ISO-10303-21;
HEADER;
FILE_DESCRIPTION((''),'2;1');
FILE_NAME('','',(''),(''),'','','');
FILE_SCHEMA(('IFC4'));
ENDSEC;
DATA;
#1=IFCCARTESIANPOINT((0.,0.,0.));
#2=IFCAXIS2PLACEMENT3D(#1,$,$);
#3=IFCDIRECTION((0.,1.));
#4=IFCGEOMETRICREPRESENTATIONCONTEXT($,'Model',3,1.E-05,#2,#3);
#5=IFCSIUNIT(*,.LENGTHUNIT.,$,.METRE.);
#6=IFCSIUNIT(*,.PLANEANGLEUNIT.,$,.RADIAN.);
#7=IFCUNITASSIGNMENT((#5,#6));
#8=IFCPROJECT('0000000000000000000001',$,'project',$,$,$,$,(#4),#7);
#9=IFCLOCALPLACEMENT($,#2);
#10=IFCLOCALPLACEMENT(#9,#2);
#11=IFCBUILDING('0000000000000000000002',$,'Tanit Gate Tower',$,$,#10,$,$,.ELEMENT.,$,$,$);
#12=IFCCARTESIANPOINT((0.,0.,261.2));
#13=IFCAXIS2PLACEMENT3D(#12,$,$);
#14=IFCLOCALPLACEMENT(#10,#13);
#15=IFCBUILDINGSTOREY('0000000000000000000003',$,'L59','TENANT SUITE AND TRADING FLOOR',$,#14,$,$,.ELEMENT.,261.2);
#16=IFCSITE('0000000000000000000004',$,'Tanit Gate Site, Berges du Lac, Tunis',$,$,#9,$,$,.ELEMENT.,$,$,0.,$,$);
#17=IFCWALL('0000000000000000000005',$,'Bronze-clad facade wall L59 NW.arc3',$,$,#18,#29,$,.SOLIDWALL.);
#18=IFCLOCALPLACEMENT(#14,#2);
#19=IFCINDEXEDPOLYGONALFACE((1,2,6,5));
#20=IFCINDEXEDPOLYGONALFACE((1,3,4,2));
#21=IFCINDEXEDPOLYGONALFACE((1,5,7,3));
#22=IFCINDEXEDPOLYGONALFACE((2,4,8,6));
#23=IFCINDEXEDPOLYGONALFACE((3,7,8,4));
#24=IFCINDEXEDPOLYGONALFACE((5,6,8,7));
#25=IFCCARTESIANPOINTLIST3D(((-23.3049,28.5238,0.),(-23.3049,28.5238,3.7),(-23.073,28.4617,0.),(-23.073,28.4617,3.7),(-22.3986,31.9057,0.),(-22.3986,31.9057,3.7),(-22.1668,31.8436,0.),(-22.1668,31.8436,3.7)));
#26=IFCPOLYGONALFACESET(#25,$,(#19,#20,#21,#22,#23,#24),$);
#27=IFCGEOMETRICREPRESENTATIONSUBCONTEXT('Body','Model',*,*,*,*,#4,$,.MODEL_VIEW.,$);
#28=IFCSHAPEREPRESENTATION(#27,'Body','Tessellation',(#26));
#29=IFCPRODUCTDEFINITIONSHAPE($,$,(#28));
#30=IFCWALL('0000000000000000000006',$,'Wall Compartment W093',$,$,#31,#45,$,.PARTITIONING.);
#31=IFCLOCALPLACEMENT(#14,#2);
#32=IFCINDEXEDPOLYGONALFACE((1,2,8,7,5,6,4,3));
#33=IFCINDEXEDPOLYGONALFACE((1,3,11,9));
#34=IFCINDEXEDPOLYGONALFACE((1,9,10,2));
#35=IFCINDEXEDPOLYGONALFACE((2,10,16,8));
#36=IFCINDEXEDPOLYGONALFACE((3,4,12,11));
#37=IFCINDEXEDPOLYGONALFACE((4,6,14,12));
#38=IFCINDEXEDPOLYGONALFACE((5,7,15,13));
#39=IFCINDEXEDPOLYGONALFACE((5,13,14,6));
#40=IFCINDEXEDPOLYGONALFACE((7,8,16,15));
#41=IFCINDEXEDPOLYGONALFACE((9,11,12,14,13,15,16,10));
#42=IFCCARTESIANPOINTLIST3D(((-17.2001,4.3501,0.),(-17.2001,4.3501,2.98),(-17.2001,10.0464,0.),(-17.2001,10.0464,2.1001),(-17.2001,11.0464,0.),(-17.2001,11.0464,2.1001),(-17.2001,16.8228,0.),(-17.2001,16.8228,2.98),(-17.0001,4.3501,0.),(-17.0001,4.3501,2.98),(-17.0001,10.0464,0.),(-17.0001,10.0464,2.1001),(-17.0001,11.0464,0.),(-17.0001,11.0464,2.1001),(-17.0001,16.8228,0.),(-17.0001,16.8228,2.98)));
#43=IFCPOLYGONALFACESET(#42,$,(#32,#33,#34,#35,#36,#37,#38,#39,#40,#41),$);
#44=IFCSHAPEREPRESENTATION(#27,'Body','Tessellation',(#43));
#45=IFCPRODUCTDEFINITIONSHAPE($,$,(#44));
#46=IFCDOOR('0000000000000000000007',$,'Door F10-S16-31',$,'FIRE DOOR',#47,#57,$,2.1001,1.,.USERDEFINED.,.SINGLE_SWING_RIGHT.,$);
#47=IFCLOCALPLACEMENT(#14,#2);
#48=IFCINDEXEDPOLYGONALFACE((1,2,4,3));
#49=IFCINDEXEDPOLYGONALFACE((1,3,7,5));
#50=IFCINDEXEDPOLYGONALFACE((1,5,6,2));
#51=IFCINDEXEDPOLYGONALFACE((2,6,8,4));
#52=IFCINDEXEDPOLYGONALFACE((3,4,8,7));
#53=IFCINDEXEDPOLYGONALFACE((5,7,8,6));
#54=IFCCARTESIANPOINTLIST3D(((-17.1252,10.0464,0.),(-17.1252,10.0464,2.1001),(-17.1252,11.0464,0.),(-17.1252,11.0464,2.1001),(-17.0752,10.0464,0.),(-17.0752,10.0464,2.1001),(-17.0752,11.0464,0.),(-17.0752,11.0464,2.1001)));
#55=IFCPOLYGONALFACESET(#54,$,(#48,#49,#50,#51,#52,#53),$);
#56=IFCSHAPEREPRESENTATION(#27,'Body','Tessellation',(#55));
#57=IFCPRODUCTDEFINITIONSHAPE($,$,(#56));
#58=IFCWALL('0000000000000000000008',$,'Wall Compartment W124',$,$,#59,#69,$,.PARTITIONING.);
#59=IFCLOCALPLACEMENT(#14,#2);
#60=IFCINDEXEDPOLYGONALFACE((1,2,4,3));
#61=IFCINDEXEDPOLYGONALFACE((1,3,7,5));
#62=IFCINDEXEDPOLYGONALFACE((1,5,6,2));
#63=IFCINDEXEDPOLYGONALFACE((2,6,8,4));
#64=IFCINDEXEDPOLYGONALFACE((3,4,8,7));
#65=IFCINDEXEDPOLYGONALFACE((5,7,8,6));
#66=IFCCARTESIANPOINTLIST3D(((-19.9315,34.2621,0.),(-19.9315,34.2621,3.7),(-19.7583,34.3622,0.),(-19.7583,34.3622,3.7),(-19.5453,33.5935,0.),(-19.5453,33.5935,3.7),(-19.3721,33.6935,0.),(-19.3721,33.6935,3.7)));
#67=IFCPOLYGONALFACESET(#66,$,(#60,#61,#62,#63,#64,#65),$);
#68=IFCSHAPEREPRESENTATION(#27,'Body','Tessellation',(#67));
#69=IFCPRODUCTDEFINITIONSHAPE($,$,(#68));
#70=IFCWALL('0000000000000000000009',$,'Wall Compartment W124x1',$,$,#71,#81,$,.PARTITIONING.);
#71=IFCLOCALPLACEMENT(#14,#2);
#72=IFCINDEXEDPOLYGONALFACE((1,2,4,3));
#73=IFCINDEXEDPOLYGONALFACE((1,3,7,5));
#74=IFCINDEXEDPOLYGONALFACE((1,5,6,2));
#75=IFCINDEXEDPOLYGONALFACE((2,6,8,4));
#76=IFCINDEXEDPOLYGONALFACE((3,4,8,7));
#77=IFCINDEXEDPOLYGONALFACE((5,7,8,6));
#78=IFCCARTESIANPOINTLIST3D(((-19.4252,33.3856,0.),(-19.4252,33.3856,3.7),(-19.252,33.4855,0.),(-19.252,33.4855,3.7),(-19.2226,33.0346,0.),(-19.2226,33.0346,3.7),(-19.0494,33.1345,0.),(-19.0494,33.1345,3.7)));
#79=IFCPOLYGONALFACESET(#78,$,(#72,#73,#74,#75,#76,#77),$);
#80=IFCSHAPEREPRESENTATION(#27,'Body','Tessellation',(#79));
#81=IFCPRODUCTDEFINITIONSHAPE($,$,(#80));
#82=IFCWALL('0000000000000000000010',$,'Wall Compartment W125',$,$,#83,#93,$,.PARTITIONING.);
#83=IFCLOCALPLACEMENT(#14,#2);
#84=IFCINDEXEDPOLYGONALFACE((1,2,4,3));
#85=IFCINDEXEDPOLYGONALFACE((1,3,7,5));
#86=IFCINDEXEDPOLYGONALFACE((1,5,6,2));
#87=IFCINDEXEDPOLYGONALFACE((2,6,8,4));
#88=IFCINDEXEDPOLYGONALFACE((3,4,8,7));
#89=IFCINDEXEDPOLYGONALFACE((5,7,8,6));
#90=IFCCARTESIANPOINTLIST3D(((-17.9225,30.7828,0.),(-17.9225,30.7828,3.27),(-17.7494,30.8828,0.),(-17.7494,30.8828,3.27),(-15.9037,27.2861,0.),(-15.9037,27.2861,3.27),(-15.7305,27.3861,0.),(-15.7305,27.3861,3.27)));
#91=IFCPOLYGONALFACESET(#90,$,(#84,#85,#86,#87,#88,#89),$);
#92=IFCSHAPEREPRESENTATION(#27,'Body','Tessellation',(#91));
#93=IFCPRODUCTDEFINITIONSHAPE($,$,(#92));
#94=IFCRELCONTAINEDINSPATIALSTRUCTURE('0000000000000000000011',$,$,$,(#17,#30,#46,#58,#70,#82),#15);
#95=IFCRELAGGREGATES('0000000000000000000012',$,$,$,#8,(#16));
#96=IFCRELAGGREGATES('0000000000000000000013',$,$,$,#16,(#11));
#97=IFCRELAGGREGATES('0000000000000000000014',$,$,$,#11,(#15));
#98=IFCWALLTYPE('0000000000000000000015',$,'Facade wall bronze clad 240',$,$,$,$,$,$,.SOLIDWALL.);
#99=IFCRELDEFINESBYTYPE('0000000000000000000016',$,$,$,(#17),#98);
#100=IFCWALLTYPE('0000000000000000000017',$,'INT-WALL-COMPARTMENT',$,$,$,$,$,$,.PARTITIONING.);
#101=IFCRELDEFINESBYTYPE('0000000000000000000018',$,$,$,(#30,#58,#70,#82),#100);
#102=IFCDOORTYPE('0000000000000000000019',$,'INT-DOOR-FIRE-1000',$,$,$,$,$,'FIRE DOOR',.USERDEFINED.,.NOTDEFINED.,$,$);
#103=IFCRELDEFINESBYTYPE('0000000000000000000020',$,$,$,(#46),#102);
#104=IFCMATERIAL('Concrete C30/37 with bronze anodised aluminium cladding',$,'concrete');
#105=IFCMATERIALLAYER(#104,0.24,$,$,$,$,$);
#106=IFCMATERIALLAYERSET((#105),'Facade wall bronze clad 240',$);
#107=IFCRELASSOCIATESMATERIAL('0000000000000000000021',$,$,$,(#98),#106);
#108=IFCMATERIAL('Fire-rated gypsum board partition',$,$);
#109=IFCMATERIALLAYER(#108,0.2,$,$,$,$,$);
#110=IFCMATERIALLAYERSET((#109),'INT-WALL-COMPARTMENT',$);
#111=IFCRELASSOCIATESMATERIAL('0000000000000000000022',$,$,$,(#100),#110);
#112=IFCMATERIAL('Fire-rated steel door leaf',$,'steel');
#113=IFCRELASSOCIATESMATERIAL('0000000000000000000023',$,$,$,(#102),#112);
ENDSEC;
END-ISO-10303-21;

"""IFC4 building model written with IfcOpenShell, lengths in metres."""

from ifc_helpers import new_model, si_unit, direction, frame, frame_2d, origin, place, context, subcontext, project, spatial, rectangle, extrude, material, layer, layer_set, type_object, element, fill, save


model = new_model("IFC4")

# Units and contexts
model_context = context("Model", 3, precision=1e-05, world=origin(), true_north=direction((0.0, 1.0)))
body_context = subcontext(model_context, "Body", "Model", "MODEL_VIEW")
ifc_project = project(units=[si_unit("LENGTHUNIT", "METRE"), si_unit("PLANEANGLEUNIT", "RADIAN")], contexts=[model_context])

# Site, building, storey
site_placement = place(None, origin())
site = spatial("IfcSite", under=ifc_project, at=site_placement, Name="Tanit Gate Site, Berges du Lac, Tunis", CompositionType="ELEMENT", RefElevation=0.0)
building_placement = place(site_placement, origin())
building = spatial("IfcBuilding", under=site, at=building_placement, Name="Tanit Gate Tower", CompositionType="ELEMENT")
storey_placement = place(building_placement, frame((0.0, 0.0, 261.2)))
storey = spatial("IfcBuildingStorey", under=building, at=storey_placement, Name="L59", Description="TENANT SUITE AND TRADING FLOOR", CompositionType="ELEMENT", Elevation=261.2)

# Wall
ifc_material_1 = material(Name="Concrete C30/37 with bronze anodised aluminium cladding", Category="concrete")
ifc_layer_1 = layer(ifc_material_1, 0.24)
ifc_layer_set_1 = layer_set([ifc_layer_1], Name="Facade wall bronze clad 240")
wall_type_1 = type_object("IfcWallType", Name="Facade wall bronze clad 240", PredefinedType="SOLIDWALL", material=ifc_layer_set_1)
wall_1_placement = place(storey_placement, frame((-22.2827, 31.8745, 0.0), z_axis=(0.0, 0.0, 1.0), x_axis=(-0.258843, -0.965919, 0.0)))
element("IfcWall", 1, at=wall_1_placement, inside=storey, type_object=wall_type_1, Name="Bronze-clad facade wall L59 NW.arc3", PredefinedType="SOLIDWALL", context=body_context, shape_type="SweptSolid", body=[
    extrude(rectangle(XDim=3.5012, YDim=0.24, at=frame_2d((1.7505, 0.0))), origin(), (0.0, 0.0, 1.0), 3.7),
])

# Wall, opening, door
ifc_material_2 = material(Name="Fire-rated gypsum board partition")
ifc_layer_2 = layer(ifc_material_2, 0.2)
ifc_layer_set_2 = layer_set([ifc_layer_2], Name="INT-WALL-COMPARTMENT")
wall_type_2 = type_object("IfcWallType", Name="INT-WALL-COMPARTMENT", PredefinedType="PARTITIONING", material=ifc_layer_set_2)
wall_2_placement = place(storey_placement, frame((-17.1001, 16.8228, 0.0), z_axis=(0.0, 0.0, 1.0), x_axis=(0.0, -1.0, 0.0)))
wall_2 = element("IfcWall", 2, at=wall_2_placement, inside=storey, type_object=wall_type_2, Name="Wall Compartment W093", PredefinedType="PARTITIONING", context=body_context, shape_type="SweptSolid", body=[
    extrude(rectangle(XDim=12.4727, YDim=0.2, at=frame_2d((6.2363, 0.0))), origin(), (0.0, 0.0, 1.0), 2.98),
])
opening_placement = place(wall_2_placement, frame((5.7764, 0.0, 0.0)))
opening = element("IfcOpeningElement", 3, at=opening_placement, cuts=wall_2, PredefinedType="OPENING", context=body_context, shape_type="SweptSolid", body=[
    extrude(rectangle(XDim=1.0, YDim=2.1001, at=frame_2d((0.5, 1.05))), frame((0.0, 0.1099, 0.0), z_axis=(0.0, -1.0, 0.0), x_axis=(1.0, 0.0, 0.0)), (0.0, 0.0, 1.0), 0.22),
])
ifc_material_3 = material(Name="Fire-rated steel door leaf", Category="steel")
door_type = type_object("IfcDoorType", Name="INT-DOOR-FIRE-1000", ElementType="FIRE DOOR", OperationType="NOTDEFINED", PredefinedType="USERDEFINED", material=ifc_material_3)
door_placement = place(opening_placement, origin())
door = element("IfcDoor", 4, at=door_placement, inside=storey, type_object=door_type, Name="Door F10-S16-31", ObjectType="FIRE DOOR", OperationType="SINGLE_SWING_RIGHT", OverallHeight=2.1001, OverallWidth=1.0, PredefinedType="USERDEFINED", context=body_context, shape_type="SweptSolid", body=[
    extrude(rectangle(XDim=1.0, YDim=2.1001, at=frame_2d((0.5, 1.05))), frame((0.0, 0.0249, 0.0), z_axis=(0.0, -1.0, 0.0), x_axis=(1.0, 0.0, 0.0)), (0.0, 0.0, 1.0), 0.05),
])
fill(opening, door)

# Walls
wall_3_placement = place(storey_placement, frame((-19.845, 34.3123, 0.0), z_axis=(0.0, 0.0, 1.0), x_axis=(0.500151, -0.865938, 0.0)))
element("IfcWall", 5, at=wall_3_placement, inside=storey, type_object=wall_type_2, Name="Wall Compartment W124", PredefinedType="PARTITIONING", context=body_context, shape_type="SweptSolid", body=[
    extrude(rectangle(XDim=0.7722, YDim=0.2, at=frame_2d((0.3862, 0.0))), origin(), (0.0, 0.0, 1.0), 3.7),
])
wall_4_placement = place(storey_placement, frame((-19.3386, 33.4355, 0.0), z_axis=(0.0, 0.0, 1.0), x_axis=(0.499896, -0.866085, 0.0)))
element("IfcWall", 6, at=wall_4_placement, inside=storey, type_object=wall_type_2, Name="Wall Compartment W124x1", PredefinedType="PARTITIONING", context=body_context, shape_type="SweptSolid", body=[
    extrude(rectangle(XDim=0.4053, YDim=0.2, at=frame_2d((0.2026, 0.0))), origin(), (0.0, 0.0, 1.0), 3.7),
])
wall_5_placement = place(storey_placement, frame((-17.8359, 30.8328, 0.0), z_axis=(0.0, 0.0, 1.0), x_axis=(0.500009, -0.86602, 0.0)))
element("IfcWall", 7, at=wall_5_placement, inside=storey, type_object=wall_type_2, Name="Wall Compartment W125", PredefinedType="PARTITIONING", context=body_context, shape_type="SweptSolid", body=[
    extrude(rectangle(XDim=4.0376, YDim=0.2, at=frame_2d((2.0188, 0.0))), origin(), (0.0, 0.0, 1.0), 3.27),
])

save(model, "model.ifc")
